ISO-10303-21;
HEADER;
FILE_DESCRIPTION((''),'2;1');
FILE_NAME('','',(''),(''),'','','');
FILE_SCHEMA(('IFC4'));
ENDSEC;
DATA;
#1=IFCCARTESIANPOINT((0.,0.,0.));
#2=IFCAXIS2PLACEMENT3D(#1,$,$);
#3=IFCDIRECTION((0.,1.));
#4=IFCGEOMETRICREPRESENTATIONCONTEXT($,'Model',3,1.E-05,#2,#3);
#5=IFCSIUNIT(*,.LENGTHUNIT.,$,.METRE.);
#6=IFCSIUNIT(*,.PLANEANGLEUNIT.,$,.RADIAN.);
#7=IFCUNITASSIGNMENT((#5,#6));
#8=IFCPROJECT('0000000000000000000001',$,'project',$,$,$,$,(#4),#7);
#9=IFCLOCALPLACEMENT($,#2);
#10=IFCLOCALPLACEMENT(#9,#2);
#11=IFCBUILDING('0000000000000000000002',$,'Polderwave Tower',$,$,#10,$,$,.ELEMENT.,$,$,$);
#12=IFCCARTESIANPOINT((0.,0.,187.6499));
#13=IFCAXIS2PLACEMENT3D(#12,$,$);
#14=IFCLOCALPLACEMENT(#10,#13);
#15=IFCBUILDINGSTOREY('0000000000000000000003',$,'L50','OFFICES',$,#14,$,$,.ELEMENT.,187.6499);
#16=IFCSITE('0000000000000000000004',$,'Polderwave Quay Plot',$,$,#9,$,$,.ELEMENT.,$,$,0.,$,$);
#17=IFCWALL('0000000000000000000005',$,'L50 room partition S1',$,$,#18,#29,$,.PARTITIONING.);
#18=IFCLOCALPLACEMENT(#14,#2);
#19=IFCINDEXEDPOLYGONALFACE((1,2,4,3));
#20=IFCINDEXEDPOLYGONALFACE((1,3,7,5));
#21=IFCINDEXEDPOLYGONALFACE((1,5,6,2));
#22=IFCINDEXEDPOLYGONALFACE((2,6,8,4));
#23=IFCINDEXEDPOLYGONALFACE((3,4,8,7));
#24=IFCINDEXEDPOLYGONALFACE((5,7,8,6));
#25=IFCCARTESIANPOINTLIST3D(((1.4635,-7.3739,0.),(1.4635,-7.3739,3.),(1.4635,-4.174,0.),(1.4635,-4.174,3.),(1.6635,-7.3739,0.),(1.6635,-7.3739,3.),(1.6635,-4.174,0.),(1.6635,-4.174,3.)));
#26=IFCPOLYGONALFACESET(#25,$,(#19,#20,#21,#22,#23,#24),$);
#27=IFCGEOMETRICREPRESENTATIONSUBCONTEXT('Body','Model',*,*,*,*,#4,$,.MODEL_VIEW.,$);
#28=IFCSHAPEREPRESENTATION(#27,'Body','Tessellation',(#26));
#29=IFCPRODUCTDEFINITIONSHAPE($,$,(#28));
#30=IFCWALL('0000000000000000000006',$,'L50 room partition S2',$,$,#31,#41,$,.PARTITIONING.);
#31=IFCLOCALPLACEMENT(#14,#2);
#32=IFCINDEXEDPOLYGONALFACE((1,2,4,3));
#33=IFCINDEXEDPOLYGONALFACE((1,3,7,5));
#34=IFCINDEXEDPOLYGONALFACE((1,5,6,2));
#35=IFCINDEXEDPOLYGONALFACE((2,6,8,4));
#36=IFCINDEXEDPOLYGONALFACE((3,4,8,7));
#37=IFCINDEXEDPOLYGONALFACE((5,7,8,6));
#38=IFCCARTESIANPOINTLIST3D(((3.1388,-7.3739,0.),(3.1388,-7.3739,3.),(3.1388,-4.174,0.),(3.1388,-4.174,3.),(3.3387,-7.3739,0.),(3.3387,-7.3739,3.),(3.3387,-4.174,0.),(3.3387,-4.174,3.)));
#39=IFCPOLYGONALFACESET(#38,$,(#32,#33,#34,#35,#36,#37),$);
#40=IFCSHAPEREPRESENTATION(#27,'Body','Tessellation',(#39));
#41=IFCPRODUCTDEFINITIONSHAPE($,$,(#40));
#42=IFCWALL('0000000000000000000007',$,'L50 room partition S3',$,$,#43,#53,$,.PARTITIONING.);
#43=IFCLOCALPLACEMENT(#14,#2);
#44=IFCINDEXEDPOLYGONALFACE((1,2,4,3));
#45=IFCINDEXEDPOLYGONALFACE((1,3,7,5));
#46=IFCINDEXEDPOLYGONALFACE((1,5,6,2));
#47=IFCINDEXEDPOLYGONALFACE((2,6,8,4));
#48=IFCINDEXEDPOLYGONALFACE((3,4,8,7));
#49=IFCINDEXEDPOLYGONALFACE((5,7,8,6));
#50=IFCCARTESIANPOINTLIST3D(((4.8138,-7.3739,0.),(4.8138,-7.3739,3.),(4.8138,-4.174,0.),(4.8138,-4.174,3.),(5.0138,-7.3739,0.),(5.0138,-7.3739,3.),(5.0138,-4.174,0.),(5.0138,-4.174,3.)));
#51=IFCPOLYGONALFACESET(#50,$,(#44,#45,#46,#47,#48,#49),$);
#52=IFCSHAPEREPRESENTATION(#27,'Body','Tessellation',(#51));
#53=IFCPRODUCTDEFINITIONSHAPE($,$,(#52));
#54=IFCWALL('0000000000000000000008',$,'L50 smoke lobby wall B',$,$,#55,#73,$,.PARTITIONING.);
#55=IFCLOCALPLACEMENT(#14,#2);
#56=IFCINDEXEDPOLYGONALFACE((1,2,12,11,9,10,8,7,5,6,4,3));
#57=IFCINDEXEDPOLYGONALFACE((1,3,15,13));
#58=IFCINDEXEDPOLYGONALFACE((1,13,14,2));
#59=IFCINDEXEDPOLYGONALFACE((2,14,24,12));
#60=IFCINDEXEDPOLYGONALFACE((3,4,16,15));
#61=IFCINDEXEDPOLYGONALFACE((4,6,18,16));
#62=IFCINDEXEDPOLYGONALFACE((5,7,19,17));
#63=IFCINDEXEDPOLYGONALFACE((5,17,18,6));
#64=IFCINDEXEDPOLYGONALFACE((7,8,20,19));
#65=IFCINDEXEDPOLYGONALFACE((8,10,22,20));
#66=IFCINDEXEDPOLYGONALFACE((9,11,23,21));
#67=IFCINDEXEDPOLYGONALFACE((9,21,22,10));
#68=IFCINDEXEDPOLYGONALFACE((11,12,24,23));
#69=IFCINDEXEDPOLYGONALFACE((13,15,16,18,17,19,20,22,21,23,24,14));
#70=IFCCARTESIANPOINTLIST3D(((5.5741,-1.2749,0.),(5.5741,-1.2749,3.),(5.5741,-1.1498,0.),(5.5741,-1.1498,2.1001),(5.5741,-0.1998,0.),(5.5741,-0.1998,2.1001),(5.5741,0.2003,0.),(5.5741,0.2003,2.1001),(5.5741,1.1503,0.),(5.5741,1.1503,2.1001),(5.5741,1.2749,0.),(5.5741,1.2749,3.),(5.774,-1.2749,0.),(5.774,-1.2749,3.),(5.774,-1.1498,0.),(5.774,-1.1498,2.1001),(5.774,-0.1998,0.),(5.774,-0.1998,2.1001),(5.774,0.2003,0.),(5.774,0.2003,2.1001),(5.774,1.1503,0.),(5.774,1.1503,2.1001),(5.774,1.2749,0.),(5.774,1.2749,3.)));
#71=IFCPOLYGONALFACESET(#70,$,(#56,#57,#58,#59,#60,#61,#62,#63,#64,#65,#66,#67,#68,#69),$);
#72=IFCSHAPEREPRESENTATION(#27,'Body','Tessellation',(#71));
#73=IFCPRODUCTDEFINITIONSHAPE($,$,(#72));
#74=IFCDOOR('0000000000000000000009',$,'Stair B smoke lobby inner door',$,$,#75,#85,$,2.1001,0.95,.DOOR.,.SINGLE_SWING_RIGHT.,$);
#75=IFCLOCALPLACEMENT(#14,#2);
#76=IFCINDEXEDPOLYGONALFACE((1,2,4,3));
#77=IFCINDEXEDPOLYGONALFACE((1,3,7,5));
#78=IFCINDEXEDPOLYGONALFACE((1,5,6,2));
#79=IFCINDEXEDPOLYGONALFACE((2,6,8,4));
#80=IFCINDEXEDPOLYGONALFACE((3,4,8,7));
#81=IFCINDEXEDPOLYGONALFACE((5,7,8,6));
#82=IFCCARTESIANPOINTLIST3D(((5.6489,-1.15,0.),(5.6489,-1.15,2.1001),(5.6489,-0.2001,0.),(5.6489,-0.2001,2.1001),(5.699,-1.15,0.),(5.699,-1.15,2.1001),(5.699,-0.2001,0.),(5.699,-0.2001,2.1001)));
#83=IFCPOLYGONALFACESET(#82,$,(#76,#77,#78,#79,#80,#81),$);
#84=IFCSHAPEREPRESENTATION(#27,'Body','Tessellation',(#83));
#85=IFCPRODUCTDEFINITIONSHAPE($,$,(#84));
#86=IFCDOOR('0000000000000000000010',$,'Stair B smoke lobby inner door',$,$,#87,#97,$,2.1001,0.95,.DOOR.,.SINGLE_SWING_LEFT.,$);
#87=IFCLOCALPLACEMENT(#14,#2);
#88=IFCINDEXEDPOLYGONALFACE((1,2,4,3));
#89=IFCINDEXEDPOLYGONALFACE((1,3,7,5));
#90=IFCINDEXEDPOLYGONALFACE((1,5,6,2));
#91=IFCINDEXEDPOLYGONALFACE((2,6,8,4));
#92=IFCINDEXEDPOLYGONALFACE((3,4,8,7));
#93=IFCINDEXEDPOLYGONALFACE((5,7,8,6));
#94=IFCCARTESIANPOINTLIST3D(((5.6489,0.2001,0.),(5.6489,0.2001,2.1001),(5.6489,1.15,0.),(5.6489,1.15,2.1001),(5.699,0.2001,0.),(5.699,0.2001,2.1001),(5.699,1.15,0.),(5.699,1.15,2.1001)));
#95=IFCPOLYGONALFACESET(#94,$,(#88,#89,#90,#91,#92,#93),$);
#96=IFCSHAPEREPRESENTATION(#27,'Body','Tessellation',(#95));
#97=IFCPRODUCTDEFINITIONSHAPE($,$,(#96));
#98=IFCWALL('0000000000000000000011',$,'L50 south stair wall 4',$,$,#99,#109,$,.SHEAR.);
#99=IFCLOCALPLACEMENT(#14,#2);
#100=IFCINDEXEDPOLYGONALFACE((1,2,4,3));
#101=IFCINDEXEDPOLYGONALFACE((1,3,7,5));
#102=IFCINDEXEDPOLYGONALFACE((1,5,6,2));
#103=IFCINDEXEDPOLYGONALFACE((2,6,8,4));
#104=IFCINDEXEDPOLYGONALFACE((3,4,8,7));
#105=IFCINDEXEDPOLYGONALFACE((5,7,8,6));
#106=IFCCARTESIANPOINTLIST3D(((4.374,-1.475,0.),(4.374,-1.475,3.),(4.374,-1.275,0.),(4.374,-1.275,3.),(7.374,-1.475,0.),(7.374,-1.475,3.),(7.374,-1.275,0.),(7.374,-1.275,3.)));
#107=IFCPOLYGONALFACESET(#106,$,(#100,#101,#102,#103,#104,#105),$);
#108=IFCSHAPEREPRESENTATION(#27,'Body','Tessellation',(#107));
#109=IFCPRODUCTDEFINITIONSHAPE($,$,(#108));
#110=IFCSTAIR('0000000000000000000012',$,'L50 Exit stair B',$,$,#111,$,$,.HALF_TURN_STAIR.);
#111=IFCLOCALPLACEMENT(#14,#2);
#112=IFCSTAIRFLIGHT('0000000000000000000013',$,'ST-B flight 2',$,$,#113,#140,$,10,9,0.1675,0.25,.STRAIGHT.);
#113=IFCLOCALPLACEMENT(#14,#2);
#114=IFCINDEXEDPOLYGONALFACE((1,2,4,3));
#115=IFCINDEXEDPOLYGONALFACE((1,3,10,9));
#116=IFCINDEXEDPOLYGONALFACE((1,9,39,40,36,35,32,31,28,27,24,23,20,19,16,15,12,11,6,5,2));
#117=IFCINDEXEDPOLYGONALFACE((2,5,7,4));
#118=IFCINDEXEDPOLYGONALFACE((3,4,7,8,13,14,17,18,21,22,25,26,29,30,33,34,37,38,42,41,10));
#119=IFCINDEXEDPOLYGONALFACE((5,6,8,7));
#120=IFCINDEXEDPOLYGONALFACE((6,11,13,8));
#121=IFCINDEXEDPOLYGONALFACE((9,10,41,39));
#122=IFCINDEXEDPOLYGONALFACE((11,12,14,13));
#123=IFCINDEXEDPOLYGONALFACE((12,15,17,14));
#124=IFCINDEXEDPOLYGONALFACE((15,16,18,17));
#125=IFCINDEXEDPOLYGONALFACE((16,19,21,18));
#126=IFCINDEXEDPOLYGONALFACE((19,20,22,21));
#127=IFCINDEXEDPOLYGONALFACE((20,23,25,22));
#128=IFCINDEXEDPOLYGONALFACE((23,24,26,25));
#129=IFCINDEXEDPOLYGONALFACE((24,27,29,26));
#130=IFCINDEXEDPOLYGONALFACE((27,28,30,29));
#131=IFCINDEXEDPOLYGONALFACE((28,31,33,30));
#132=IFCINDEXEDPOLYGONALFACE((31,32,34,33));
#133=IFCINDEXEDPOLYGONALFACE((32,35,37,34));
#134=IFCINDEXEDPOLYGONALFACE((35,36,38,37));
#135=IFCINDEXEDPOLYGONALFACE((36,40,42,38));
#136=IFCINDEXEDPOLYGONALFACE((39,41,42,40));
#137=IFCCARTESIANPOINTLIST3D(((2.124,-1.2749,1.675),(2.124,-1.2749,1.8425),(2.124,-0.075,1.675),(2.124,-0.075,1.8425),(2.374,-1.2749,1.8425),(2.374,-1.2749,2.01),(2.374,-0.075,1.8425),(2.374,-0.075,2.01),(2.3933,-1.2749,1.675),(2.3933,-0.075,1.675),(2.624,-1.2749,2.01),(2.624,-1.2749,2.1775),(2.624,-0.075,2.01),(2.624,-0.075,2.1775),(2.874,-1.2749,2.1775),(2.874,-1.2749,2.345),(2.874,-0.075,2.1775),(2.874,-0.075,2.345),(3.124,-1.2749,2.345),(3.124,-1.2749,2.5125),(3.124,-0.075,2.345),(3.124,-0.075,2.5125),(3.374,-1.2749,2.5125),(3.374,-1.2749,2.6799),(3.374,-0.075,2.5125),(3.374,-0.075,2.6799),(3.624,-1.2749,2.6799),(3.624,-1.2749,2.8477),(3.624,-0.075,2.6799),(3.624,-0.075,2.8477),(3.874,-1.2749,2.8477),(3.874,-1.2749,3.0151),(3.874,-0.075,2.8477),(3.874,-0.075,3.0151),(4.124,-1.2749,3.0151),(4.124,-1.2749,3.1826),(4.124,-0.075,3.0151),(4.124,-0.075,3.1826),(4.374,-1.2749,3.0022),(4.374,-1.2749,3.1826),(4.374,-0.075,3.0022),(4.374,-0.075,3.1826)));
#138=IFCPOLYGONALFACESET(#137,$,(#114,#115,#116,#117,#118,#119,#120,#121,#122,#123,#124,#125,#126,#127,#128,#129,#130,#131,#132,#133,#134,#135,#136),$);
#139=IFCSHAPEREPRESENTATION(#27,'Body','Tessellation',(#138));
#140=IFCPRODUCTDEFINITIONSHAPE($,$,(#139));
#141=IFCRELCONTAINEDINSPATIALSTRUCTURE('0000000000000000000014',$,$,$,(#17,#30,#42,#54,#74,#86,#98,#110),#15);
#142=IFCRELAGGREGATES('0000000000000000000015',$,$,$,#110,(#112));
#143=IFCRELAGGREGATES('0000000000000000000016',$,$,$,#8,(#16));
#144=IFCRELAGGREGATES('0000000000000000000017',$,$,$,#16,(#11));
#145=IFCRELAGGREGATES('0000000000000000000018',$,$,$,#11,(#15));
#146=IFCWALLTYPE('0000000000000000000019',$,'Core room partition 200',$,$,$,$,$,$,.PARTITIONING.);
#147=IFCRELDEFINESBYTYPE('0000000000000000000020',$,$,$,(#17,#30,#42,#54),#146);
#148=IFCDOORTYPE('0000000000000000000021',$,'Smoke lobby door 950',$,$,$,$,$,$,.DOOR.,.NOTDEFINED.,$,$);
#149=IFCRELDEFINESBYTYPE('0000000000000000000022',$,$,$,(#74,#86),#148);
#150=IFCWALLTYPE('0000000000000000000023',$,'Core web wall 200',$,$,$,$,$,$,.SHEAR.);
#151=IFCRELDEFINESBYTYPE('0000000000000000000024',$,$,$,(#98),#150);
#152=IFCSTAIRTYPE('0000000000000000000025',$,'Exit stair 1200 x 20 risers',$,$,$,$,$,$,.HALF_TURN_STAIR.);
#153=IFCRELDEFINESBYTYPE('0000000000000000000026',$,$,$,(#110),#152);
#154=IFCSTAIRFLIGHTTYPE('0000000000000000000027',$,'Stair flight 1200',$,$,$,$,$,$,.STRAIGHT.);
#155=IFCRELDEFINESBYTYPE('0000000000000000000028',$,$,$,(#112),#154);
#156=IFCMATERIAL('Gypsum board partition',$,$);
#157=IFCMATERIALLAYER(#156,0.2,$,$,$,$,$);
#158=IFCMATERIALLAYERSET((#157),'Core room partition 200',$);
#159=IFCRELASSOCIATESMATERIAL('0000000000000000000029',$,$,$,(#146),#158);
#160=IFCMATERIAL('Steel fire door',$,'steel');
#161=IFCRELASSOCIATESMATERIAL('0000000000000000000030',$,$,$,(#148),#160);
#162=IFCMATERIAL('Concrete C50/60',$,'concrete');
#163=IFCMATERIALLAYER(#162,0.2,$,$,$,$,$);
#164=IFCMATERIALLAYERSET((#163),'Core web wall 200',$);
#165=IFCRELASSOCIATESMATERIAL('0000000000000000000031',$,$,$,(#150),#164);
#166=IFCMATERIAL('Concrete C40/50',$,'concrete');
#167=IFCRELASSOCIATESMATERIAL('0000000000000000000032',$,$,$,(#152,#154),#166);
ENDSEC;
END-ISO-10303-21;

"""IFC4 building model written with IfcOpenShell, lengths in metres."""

from ifc_helpers import new_model, si_unit, direction, frame, frame_2d, origin, place, context, subcontext, project, spatial, polyline, rectangle, outline, extrude, material, layer, layer_set, type_object, element, fill, aggregate, save


model = new_model("IFC4")

# Units and contexts
model_context = context("Model", 3, precision=1e-05, world=origin(), true_north=direction((0.0, 1.0)))
body_context = subcontext(model_context, "Body", "Model", "MODEL_VIEW")
ifc_project = project(units=[si_unit("LENGTHUNIT", "METRE"), si_unit("PLANEANGLEUNIT", "RADIAN")], contexts=[model_context])

# Site, building, storey
site_placement = place(None, origin())
site = spatial("IfcSite", under=ifc_project, at=site_placement, Name="Polderwave Quay Plot", CompositionType="ELEMENT", RefElevation=0.0)
building_placement = place(site_placement, origin())
building = spatial("IfcBuilding", under=site, at=building_placement, Name="Polderwave Tower", CompositionType="ELEMENT")
storey_placement = place(building_placement, frame((0.0, 0.0, 187.6499)))
storey = spatial("IfcBuildingStorey", under=building, at=storey_placement, Name="L50", Description="OFFICES", CompositionType="ELEMENT", Elevation=187.6499)

# Walls
ifc_material_1 = material(Name="Gypsum board partition")
ifc_layer_1 = layer(ifc_material_1, 0.2)
ifc_layer_set_1 = layer_set([ifc_layer_1], Name="Core room partition 200")
wall_type_1 = type_object("IfcWallType", Name="Core room partition 200", PredefinedType="PARTITIONING", material=ifc_layer_set_1)
for number, where, z_axis, x_axis, name in (
    (1, (1.5635, -7.374, 0.0), (0.0, 0.0, 1.0), (0.0, 1.0, 0.0), "L50 room partition S1"),
    (2, (3.2388, -7.374, 0.0), (0.0, 0.0, 1.0), (0.0, 1.0, 0.0), "L50 room partition S2"),
    (3, (4.9138, -7.374, 0.0), (0.0, 0.0, 1.0), (0.0, 1.0, 0.0), "L50 room partition S3"),
):
    element("IfcWall", number, at=place(storey_placement, frame(where, z_axis=z_axis, x_axis=x_axis)), inside=storey, type_object=wall_type_1, Name=name, PredefinedType="PARTITIONING", context=body_context, shape_type="SweptSolid", body=[
        extrude(rectangle(XDim=3.2, YDim=0.2, at=frame_2d((1.6001, 0.0))), origin(), (0.0, 0.0, 1.0), 3.0),
    ])

# Wall, openings, doors
wall_1_placement = place(storey_placement, frame((5.6741, -1.2749, 0.0), z_axis=(0.0, 0.0, 1.0), x_axis=(0.0, 1.0, 0.0)))
wall_1 = element("IfcWall", 4, at=wall_1_placement, inside=storey, type_object=wall_type_1, Name="L50 smoke lobby wall B", PredefinedType="PARTITIONING", context=body_context, shape_type="SweptSolid", body=[
    extrude(rectangle(XDim=2.5498, YDim=0.2, at=frame_2d((1.2749, 0.0))), origin(), (0.0, 0.0, 1.0), 3.0),
])
opening_1_placement = place(wall_1_placement, frame((0.125, 0.0, 0.0)))
opening_1 = element("IfcOpeningElement", 5, at=opening_1_placement, cuts=wall_1, PredefinedType="OPENING", context=body_context, shape_type="SweptSolid", body=[
    extrude(rectangle(XDim=0.95, YDim=2.1001, at=frame_2d((0.4751, 1.05))), frame((0.0, 0.1099, 0.0), z_axis=(0.0, -1.0, 0.0), x_axis=(1.0, 0.0, 0.0)), (0.0, 0.0, 1.0), 0.22),
])
opening_2_placement = place(wall_1_placement, frame((1.4751, 0.0, 0.0)))
opening_2 = element("IfcOpeningElement", 6, at=opening_2_placement, cuts=wall_1, PredefinedType="OPENING", context=body_context, shape_type="SweptSolid", body=[
    extrude(rectangle(XDim=0.95, YDim=2.1001, at=frame_2d((0.4751, 1.05))), frame((0.0, 0.1099, 0.0), z_axis=(0.0, -1.0, 0.0), x_axis=(1.0, 0.0, 0.0)), (0.0, 0.0, 1.0), 0.22),
])
ifc_material_2 = material(Name="Steel fire door", Category="steel")
door_type = type_object("IfcDoorType", Name="Smoke lobby door 950", OperationType="NOTDEFINED", PredefinedType="DOOR", material=ifc_material_2)
door_1_placement = place(opening_1_placement, frame((0.95, 0.0, 0.0), z_axis=(0.0, 0.0, 1.0), x_axis=(-1.0, 0.0, 0.0)))
door_1 = element("IfcDoor", 7, at=door_1_placement, inside=storey, type_object=door_type, Name="Stair B smoke lobby inner door", OperationType="SINGLE_SWING_RIGHT", OverallHeight=2.1001, OverallWidth=0.95, PredefinedType="DOOR", context=body_context, shape_type="SweptSolid", body=[
    extrude(rectangle(XDim=0.95, YDim=2.1001, at=frame_2d((0.4751, 1.05))), frame((0.0, 0.0249, 0.0), z_axis=(0.0, -1.0, 0.0), x_axis=(1.0, 0.0, 0.0)), (0.0, 0.0, 1.0), 0.05),
])
fill(opening_1, door_1)
door_2_placement = place(opening_2_placement, frame((0.95, 0.0, 0.0), z_axis=(0.0, 0.0, 1.0), x_axis=(-1.0, 0.0, 0.0)))
door_2 = element("IfcDoor", 8, at=door_2_placement, inside=storey, type_object=door_type, Name="Stair B smoke lobby inner door", OperationType="SINGLE_SWING_LEFT", OverallHeight=2.1001, OverallWidth=0.95, PredefinedType="DOOR", context=body_context, shape_type="SweptSolid", body=[
    extrude(rectangle(XDim=0.95, YDim=2.1001, at=frame_2d((0.4751, 1.05))), frame((0.0, 0.0249, 0.0), z_axis=(0.0, -1.0, 0.0), x_axis=(1.0, 0.0, 0.0)), (0.0, 0.0, 1.0), 0.05),
])
fill(opening_2, door_2)

# Wall
ifc_material_3 = material(Name="Concrete C50/60", Category="concrete")
ifc_layer_2 = layer(ifc_material_3, 0.2)
ifc_layer_set_2 = layer_set([ifc_layer_2], Name="Core web wall 200")
wall_type_2 = type_object("IfcWallType", Name="Core web wall 200", PredefinedType="SHEAR", material=ifc_layer_set_2)
wall_2_placement = place(storey_placement, frame((4.374, -1.375, 0.0), z_axis=(0.0, 0.0, 1.0), x_axis=(1.0, 0.0, 0.0)))
element("IfcWall", 9, at=wall_2_placement, inside=storey, type_object=wall_type_2, Name="L50 south stair wall 4", PredefinedType="SHEAR", context=body_context, shape_type="SweptSolid", body=[
    extrude(rectangle(XDim=3.0, YDim=0.2, at=frame_2d((1.5, 0.0))), origin(), (0.0, 0.0, 1.0), 3.0),
])

# Stair, stair flight
ifc_material_4 = material(Name="Concrete C40/50", Category="concrete")
stair_type = type_object("IfcStairType", Name="Exit stair 1200 x 20 risers", PredefinedType="HALF_TURN_STAIR", material=ifc_material_4)
stair_placement = place(storey_placement, origin())
stair = element("IfcStair", 10, at=stair_placement, inside=storey, type_object=stair_type, Name="L50 Exit stair B", PredefinedType="HALF_TURN_STAIR")
stair_flight_type = type_object("IfcStairFlightType", Name="Stair flight 1200", PredefinedType="STRAIGHT", material=ifc_material_4)
stair_flight_placement = place(storey_placement, frame((2.124, -0.675, 1.675), z_axis=(0.0, 0.0, 1.0), x_axis=(1.0, 0.0, 0.0)))
stair_flight = element("IfcStairFlight", 11, at=stair_flight_placement, type_object=stair_flight_type, Name="ST-B flight 2", NumberOfRisers=10, NumberOfTreads=9, PredefinedType="STRAIGHT", RiserHeight=0.1675, TreadLength=0.25, context=body_context, shape_type="SweptSolid", body=[
    extrude(outline(polyline([(0.0, 0.0), (0.0, 0.1675), (0.25, 0.1675), (0.25, 0.335), (0.5, 0.335), (0.5, 0.5024), (0.75, 0.5024), (0.75, 0.6699), (1.0, 0.6699), (1.0, 0.8374), (1.25, 0.8374), (1.25, 1.0049), (1.5, 1.0049), (1.5, 1.1726), (1.75, 1.1726), (1.75, 1.3401), (2.0, 1.3401), (2.0, 1.5076), (2.25, 1.5076), (2.25, 1.675), (2.25, 1.3271), (0.2693, 0.0), (0.0, 0.0)])), frame((0.0, 0.6001, 0.0), z_axis=(0.0, -1.0, 0.0), x_axis=(1.0, 0.0, 0.0)), (0.0, 0.0, 1.0), 1.2),
])
aggregate(stair, [stair_flight])

save(model, "model.ifc")
